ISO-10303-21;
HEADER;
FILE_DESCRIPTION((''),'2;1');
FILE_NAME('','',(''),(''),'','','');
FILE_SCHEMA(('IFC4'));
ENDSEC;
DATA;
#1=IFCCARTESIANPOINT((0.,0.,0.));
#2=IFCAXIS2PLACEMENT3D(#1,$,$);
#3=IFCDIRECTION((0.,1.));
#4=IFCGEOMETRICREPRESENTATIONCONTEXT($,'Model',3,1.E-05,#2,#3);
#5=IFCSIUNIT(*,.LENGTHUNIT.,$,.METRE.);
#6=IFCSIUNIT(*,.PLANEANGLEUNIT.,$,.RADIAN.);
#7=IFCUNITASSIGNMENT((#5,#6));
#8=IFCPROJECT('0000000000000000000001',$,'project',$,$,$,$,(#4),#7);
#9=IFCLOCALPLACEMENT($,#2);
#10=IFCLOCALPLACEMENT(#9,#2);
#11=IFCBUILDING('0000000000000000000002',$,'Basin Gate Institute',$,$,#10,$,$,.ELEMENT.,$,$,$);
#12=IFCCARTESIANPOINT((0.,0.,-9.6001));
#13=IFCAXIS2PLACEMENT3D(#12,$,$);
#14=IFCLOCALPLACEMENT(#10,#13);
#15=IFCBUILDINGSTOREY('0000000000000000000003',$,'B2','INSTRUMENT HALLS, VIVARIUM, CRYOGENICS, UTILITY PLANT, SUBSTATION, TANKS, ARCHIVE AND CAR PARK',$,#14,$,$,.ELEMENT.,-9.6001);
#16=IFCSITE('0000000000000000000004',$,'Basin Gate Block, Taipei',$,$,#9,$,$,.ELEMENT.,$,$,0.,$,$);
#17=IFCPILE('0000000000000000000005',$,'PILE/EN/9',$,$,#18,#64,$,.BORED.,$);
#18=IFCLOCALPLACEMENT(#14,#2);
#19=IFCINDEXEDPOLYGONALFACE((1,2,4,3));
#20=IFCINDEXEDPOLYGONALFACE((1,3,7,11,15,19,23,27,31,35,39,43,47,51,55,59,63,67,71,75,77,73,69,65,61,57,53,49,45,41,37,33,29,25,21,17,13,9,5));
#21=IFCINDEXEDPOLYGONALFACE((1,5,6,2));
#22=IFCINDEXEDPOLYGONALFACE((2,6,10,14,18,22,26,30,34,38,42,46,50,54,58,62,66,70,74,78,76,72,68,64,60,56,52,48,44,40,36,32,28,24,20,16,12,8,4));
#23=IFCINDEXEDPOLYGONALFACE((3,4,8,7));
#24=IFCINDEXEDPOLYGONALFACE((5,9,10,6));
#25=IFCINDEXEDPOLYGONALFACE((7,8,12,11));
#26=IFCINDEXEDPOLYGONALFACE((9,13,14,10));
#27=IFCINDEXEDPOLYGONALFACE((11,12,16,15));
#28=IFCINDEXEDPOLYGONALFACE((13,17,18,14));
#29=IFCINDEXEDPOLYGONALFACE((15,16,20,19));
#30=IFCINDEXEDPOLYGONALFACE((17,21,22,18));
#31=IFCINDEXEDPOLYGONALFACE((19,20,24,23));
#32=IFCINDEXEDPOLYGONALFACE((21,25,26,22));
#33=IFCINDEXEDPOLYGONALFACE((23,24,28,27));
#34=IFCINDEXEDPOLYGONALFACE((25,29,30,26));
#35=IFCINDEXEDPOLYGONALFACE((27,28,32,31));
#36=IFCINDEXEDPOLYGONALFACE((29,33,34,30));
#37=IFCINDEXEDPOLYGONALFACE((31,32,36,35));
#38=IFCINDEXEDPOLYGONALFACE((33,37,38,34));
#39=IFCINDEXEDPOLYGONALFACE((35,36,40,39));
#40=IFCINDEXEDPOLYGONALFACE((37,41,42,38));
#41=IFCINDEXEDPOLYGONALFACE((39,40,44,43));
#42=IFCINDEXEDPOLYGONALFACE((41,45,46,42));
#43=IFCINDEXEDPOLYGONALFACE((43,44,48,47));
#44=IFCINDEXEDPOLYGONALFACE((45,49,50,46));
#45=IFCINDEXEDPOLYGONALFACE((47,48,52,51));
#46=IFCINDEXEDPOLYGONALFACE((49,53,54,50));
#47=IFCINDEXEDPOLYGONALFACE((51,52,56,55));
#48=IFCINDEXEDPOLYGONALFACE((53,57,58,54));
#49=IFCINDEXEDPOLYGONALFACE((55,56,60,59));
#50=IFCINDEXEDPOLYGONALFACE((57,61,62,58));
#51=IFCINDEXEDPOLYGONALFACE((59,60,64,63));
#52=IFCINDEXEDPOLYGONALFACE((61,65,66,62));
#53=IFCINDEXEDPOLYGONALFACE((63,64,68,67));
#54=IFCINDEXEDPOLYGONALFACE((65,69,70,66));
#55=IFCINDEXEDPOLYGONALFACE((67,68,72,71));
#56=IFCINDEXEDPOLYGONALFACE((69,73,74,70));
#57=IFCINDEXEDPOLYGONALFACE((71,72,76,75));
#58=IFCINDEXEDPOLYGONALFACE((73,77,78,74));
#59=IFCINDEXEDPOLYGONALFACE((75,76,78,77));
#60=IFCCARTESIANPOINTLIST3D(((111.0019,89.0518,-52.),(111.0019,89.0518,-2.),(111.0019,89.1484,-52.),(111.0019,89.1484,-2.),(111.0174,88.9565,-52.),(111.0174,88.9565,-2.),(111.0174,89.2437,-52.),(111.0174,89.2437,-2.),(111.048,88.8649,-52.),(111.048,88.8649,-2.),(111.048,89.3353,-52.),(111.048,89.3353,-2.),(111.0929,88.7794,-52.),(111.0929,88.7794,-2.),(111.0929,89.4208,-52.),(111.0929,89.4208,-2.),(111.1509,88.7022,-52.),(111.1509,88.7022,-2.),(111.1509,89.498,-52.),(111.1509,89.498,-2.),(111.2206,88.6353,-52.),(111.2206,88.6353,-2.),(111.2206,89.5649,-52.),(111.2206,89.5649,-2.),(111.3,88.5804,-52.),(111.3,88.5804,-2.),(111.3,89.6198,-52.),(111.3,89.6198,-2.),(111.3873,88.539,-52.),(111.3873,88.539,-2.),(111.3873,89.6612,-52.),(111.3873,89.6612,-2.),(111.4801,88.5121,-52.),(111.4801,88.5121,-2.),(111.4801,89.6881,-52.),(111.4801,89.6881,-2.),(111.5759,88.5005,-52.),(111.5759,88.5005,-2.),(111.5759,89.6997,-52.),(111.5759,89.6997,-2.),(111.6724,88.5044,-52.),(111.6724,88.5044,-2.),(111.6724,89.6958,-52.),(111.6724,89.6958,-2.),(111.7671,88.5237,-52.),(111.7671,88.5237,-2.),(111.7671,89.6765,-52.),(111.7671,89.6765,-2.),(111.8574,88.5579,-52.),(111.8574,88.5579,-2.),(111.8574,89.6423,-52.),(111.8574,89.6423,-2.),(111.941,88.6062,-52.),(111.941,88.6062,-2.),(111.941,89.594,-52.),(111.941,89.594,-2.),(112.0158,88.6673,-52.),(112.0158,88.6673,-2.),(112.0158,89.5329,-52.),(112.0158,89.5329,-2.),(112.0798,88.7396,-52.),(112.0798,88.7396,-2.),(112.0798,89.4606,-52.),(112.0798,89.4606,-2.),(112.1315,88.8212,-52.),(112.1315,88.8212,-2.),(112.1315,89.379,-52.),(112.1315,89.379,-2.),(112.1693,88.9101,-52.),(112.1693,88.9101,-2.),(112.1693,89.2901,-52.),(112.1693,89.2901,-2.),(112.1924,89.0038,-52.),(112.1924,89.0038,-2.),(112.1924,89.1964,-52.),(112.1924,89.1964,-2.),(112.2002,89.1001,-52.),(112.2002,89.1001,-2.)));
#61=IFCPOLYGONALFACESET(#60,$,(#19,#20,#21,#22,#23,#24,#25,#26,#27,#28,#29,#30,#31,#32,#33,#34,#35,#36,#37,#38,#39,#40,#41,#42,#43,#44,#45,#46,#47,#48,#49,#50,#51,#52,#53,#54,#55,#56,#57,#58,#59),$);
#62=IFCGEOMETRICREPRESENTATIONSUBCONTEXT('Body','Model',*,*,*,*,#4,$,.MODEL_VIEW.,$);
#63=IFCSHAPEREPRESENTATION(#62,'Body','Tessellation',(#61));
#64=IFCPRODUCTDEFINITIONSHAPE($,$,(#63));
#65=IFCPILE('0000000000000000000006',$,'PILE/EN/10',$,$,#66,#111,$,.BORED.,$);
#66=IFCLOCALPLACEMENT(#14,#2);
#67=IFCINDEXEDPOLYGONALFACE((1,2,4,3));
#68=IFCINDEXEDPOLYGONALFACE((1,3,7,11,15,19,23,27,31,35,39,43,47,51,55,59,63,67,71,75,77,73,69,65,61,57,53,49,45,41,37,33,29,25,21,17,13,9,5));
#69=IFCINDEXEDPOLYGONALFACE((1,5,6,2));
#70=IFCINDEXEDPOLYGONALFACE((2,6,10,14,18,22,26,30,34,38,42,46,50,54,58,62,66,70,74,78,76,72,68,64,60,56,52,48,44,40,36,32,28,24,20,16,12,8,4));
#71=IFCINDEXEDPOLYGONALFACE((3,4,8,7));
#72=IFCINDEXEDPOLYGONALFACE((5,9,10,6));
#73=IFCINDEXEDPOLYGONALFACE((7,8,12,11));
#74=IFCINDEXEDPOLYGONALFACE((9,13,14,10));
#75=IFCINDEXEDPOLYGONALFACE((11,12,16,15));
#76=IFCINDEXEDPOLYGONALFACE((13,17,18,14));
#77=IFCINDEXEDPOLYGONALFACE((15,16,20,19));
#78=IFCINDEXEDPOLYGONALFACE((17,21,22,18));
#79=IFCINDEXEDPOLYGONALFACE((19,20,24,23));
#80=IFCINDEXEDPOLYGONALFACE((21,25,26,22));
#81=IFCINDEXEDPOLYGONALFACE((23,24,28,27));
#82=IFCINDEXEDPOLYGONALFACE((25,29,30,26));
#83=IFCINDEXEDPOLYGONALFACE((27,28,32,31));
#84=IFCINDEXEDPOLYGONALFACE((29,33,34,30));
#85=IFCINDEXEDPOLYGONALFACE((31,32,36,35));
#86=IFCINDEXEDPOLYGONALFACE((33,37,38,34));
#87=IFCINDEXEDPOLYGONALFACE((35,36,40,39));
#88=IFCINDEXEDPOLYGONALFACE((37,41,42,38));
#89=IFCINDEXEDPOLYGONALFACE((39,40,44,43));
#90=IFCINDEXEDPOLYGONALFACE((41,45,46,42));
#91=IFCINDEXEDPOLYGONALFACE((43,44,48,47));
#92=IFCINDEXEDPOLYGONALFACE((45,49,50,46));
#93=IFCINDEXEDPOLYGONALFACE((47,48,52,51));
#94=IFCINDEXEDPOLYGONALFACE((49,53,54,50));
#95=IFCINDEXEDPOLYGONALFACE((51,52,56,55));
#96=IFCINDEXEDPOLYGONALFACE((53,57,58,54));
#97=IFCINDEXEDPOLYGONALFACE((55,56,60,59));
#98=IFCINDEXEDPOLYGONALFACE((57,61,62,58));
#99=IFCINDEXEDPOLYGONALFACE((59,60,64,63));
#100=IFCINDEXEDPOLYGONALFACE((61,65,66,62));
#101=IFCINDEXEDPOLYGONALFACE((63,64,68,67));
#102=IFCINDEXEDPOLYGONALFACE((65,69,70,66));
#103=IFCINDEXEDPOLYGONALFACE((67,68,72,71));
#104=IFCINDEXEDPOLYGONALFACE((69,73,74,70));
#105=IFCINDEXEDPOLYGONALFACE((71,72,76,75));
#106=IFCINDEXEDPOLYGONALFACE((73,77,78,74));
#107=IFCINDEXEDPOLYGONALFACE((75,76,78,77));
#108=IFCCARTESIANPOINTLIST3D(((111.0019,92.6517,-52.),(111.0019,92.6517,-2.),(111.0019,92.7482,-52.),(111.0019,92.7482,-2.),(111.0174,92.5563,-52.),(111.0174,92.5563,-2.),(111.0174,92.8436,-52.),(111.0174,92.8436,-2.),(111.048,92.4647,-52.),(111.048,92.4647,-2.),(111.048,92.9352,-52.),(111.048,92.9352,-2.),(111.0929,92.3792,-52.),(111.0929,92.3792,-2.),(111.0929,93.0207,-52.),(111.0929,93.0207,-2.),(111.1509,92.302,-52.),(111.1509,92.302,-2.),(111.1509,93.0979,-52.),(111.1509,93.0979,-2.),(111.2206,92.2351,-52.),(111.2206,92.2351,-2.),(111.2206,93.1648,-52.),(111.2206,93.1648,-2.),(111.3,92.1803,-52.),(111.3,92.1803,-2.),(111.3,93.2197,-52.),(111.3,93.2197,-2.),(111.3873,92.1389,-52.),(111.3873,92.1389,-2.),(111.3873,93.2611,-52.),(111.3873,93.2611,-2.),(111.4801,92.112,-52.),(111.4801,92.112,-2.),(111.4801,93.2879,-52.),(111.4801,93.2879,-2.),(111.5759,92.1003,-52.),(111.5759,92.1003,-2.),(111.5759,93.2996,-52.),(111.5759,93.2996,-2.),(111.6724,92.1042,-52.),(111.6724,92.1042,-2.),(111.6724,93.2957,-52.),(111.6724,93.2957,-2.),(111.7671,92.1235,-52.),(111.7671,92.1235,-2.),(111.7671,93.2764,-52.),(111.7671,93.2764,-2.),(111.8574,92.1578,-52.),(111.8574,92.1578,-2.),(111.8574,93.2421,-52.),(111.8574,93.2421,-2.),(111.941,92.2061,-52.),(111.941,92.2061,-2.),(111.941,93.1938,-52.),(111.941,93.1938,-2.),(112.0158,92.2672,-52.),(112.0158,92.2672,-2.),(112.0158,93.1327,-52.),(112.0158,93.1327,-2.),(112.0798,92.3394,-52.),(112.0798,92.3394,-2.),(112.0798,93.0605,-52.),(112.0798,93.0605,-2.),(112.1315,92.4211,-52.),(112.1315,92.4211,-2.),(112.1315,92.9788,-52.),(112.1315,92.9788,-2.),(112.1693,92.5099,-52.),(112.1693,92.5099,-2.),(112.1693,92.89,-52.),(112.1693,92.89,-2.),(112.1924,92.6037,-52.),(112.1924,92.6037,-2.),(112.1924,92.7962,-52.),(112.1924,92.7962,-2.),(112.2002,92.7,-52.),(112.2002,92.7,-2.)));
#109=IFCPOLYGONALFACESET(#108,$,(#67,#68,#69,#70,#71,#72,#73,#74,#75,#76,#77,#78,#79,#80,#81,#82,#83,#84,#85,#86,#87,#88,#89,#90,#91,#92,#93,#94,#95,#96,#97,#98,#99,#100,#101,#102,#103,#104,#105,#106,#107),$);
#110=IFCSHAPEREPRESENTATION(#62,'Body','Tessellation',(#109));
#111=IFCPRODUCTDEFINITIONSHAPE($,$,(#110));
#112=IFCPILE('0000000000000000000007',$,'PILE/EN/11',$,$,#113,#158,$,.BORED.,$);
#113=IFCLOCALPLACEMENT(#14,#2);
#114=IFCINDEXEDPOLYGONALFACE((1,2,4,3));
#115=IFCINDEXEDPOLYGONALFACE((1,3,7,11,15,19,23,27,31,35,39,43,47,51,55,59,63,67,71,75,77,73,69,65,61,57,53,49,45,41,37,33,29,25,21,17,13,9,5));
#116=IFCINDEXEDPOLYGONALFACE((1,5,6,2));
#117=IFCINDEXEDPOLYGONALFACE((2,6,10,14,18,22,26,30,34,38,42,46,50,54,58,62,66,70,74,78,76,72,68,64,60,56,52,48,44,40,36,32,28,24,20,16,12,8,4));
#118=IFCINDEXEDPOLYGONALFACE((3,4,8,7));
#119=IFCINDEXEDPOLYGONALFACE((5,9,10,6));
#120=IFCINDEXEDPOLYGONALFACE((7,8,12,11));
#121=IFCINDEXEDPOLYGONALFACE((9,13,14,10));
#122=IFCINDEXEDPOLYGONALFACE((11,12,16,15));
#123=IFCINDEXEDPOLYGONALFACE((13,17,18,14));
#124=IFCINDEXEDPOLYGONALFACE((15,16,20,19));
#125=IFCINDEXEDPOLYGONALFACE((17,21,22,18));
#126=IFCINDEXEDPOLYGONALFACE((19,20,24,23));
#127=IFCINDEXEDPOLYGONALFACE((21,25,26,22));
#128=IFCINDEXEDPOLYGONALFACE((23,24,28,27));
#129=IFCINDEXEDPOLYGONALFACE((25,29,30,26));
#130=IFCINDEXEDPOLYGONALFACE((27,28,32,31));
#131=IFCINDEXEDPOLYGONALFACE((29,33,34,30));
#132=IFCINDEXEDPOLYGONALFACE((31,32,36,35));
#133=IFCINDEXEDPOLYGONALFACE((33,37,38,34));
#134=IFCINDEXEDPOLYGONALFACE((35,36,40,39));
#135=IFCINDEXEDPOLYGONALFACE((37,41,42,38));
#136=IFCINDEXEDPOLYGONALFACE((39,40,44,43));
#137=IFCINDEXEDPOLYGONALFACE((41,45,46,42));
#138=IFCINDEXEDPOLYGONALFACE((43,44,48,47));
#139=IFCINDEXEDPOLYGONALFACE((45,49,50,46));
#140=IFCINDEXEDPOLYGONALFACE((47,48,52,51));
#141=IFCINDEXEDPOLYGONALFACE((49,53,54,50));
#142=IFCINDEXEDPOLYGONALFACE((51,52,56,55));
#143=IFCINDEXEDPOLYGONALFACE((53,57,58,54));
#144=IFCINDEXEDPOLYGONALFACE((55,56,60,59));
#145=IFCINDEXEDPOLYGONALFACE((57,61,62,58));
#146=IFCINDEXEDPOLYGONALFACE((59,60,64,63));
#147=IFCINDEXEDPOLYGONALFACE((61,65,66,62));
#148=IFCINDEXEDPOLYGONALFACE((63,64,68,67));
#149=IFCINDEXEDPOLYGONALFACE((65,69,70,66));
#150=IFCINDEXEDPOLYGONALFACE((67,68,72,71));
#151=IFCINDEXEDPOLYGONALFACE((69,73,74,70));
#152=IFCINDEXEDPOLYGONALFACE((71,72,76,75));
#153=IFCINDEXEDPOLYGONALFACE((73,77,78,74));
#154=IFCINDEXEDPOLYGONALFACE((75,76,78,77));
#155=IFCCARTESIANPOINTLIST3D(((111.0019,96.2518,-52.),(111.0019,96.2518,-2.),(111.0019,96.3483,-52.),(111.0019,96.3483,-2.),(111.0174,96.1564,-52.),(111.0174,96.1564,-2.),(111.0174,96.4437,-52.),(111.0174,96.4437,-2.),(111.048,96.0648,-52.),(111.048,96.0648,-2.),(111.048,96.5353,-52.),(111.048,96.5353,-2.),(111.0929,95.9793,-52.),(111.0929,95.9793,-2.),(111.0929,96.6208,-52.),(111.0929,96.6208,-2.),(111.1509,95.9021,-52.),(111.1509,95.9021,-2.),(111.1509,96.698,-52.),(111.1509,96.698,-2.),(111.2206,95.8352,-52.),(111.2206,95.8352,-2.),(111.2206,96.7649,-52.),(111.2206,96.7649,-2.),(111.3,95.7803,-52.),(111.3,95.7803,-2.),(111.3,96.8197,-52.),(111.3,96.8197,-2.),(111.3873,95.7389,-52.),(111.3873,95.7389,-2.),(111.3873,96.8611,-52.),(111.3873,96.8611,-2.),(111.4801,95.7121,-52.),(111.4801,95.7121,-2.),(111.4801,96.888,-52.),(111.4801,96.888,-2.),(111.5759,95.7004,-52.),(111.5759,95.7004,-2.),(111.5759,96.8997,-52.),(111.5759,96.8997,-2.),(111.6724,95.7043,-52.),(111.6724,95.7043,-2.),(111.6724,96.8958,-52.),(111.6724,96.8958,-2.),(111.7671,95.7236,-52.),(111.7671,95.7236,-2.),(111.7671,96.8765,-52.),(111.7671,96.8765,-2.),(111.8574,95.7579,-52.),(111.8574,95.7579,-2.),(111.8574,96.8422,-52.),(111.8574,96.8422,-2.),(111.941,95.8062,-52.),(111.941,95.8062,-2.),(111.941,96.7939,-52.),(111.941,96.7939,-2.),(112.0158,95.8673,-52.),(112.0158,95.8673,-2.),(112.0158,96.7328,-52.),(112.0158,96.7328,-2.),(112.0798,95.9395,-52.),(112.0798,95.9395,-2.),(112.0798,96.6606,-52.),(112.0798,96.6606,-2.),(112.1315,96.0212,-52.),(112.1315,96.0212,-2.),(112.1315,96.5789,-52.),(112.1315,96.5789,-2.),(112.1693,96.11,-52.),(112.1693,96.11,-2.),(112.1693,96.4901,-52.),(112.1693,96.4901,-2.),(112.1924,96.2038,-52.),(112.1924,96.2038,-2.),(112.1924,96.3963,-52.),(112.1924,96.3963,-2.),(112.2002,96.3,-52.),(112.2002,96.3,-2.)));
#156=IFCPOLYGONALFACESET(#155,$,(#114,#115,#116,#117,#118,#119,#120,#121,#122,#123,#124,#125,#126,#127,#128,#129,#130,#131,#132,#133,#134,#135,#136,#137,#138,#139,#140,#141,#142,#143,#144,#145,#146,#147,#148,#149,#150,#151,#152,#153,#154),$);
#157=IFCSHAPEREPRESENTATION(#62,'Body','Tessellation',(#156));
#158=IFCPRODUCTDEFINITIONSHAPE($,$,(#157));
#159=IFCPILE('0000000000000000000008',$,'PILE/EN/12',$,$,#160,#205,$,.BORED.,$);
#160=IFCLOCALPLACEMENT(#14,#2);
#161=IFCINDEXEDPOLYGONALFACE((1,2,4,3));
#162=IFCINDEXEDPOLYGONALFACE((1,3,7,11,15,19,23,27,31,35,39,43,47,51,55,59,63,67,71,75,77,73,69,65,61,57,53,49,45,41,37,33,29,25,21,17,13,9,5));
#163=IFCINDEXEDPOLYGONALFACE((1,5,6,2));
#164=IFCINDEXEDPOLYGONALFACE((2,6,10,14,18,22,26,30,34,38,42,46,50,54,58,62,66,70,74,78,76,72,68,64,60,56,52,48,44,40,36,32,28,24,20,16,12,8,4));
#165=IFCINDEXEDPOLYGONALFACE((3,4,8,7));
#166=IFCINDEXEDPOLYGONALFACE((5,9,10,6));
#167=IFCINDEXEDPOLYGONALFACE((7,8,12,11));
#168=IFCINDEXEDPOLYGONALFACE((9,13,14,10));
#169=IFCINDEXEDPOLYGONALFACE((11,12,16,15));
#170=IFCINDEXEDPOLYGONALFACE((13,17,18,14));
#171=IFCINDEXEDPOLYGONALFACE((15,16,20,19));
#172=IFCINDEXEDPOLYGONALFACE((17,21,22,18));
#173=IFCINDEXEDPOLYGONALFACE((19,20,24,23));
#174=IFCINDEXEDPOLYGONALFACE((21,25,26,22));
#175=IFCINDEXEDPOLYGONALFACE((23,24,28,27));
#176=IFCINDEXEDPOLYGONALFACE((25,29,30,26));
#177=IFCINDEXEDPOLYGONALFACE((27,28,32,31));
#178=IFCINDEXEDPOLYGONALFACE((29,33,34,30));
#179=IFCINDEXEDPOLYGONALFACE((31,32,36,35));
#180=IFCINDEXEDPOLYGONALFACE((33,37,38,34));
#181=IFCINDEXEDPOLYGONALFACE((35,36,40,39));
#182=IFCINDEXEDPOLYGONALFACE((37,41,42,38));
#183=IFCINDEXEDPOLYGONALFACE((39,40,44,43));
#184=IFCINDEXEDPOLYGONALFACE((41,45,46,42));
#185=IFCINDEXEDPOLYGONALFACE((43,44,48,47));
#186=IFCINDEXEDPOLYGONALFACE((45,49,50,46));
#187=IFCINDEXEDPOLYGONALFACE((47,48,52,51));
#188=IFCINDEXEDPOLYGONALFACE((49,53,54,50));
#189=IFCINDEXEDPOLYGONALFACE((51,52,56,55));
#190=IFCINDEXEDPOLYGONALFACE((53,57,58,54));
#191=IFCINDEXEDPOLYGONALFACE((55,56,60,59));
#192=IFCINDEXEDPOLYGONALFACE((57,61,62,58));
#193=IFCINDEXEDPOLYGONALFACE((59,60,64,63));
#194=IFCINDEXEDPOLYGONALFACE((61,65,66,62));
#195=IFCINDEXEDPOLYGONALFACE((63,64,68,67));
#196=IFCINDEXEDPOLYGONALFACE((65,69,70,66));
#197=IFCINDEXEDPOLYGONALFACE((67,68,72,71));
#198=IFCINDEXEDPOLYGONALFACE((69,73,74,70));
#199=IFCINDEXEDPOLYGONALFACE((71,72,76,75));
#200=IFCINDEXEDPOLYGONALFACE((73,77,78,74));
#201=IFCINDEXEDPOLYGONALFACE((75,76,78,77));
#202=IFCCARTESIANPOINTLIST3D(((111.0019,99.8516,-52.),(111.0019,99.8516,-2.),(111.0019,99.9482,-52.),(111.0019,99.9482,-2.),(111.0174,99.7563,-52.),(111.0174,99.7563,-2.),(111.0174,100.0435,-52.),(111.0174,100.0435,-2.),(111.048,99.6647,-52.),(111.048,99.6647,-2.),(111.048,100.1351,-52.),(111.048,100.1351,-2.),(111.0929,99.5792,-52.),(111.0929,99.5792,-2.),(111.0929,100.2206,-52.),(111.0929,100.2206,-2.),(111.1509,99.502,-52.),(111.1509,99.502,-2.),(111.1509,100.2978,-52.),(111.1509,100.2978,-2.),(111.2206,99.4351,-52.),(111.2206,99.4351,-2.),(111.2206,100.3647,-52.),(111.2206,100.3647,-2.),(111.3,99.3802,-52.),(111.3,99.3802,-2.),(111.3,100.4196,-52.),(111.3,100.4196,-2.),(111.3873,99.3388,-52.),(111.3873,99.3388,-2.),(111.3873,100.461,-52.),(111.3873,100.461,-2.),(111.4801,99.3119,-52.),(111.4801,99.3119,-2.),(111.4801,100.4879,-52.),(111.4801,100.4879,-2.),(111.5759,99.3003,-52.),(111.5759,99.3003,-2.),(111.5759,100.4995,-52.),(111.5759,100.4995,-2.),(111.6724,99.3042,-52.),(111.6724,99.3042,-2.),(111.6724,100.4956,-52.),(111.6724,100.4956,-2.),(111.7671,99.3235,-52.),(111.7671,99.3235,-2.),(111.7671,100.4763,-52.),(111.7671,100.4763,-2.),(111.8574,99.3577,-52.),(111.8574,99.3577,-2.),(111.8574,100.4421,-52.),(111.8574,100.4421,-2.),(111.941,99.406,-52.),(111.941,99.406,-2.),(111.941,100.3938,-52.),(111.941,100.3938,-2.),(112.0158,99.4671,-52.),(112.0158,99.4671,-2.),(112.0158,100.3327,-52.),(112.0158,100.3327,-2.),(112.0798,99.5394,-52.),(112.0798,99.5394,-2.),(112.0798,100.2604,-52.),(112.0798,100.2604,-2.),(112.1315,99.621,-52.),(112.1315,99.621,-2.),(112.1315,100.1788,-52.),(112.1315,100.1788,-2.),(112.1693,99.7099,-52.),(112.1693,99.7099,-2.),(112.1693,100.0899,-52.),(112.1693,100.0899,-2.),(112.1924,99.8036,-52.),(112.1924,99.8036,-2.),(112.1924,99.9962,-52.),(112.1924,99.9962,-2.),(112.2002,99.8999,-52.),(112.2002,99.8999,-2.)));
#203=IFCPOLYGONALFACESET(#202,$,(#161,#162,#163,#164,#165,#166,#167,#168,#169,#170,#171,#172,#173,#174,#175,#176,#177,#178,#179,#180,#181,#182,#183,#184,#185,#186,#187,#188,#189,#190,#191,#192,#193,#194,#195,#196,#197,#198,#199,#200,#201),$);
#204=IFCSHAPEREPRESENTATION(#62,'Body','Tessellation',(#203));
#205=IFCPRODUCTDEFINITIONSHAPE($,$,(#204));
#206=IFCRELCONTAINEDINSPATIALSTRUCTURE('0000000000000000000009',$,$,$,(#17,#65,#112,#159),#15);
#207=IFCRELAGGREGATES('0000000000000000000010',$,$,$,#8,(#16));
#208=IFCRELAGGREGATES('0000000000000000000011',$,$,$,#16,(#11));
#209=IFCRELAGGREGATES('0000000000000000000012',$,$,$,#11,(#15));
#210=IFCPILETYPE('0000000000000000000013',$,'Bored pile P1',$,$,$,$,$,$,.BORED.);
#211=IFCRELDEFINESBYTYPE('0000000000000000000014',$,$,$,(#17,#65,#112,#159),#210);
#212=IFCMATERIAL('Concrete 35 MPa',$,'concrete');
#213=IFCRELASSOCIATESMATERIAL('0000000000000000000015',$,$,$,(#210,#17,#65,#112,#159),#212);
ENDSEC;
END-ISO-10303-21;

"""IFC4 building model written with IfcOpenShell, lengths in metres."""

from ifc_helpers import new_model, si_unit, direction, frame, origin, origin_2d, place, context, subcontext, project, spatial, circle, extrude, material, material_profile, profile_set, type_object, element, save


model = new_model("IFC4")

# Units and contexts
model_context = context("Model", 3, precision=1e-05, world=origin(), true_north=direction((0.0, 1.0)))
body_context = subcontext(model_context, "Body", "Model", "MODEL_VIEW")
ifc_project = project(units=[si_unit("LENGTHUNIT", "METRE"), si_unit("PLANEANGLEUNIT", "RADIAN")], contexts=[model_context])

# Site, building, storey
site_placement = place(None, origin())
site = spatial("IfcSite", under=ifc_project, at=site_placement, Name="Basin Gate Block, Taipei", CompositionType="ELEMENT", RefElevation=0.0)
building_placement = place(site_placement, origin())
building = spatial("IfcBuilding", under=site, at=building_placement, Name="Basin Gate Institute", CompositionType="ELEMENT")
storey_placement = place(building_placement, frame((0.0, 0.0, -9.6001)))
storey = spatial("IfcBuildingStorey", under=building, at=storey_placement, Name="B2", Description="INSTRUMENT HALLS, VIVARIUM, CRYOGENICS, UTILITY PLANT, SUBSTATION, TANKS, ARCHIVE AND CAR PARK", CompositionType="ELEMENT", Elevation=-9.6001)

# Piles
ifc_material_1 = material(Name="Concrete 35 MPa", Category="concrete")
ifc_material_profile_1 = material_profile(ifc_material_1, circle(Radius=0.6001, at=origin_2d()), Name="Bored pile P1 1200 dia")
ifc_profile_set_1 = profile_set([ifc_material_profile_1], Name="Concrete 35 MPa")
pile_type = type_object("IfcPileType", Name="Bored pile P1", PredefinedType="BORED", material=ifc_profile_set_1)
for number, where, z_axis, x_axis, name in (
    (1, (111.6001, 89.1001, -2.0), (0.0, 0.0, -1.0), (1.0, 0.0, 0.0), "PILE/EN/9"),
    (2, (111.6001, 92.7, -2.0), (0.0, 0.0, -1.0), (1.0, 0.0, 0.0), "PILE/EN/10"),
    (3, (111.6001, 96.3, -2.0), (0.0, 0.0, -1.0), (1.0, 0.0, 0.0), "PILE/EN/11"),
    (4, (111.6001, 99.8999, -2.0), (0.0, 0.0, -1.0), (1.0, 0.0, 0.0), "PILE/EN/12"),
):
    element("IfcPile", number, at=place(storey_placement, frame(where, z_axis=z_axis, x_axis=x_axis)), inside=storey, type_object=pile_type, material=ifc_profile_set_1, Name=name, PredefinedType="BORED", context=body_context, shape_type="SweptSolid", body=[
        extrude(circle(Radius=0.6001, at=origin_2d()), origin(), (0.0, 0.0, 1.0), 50.0),
    ])

save(model, "model.ifc")
